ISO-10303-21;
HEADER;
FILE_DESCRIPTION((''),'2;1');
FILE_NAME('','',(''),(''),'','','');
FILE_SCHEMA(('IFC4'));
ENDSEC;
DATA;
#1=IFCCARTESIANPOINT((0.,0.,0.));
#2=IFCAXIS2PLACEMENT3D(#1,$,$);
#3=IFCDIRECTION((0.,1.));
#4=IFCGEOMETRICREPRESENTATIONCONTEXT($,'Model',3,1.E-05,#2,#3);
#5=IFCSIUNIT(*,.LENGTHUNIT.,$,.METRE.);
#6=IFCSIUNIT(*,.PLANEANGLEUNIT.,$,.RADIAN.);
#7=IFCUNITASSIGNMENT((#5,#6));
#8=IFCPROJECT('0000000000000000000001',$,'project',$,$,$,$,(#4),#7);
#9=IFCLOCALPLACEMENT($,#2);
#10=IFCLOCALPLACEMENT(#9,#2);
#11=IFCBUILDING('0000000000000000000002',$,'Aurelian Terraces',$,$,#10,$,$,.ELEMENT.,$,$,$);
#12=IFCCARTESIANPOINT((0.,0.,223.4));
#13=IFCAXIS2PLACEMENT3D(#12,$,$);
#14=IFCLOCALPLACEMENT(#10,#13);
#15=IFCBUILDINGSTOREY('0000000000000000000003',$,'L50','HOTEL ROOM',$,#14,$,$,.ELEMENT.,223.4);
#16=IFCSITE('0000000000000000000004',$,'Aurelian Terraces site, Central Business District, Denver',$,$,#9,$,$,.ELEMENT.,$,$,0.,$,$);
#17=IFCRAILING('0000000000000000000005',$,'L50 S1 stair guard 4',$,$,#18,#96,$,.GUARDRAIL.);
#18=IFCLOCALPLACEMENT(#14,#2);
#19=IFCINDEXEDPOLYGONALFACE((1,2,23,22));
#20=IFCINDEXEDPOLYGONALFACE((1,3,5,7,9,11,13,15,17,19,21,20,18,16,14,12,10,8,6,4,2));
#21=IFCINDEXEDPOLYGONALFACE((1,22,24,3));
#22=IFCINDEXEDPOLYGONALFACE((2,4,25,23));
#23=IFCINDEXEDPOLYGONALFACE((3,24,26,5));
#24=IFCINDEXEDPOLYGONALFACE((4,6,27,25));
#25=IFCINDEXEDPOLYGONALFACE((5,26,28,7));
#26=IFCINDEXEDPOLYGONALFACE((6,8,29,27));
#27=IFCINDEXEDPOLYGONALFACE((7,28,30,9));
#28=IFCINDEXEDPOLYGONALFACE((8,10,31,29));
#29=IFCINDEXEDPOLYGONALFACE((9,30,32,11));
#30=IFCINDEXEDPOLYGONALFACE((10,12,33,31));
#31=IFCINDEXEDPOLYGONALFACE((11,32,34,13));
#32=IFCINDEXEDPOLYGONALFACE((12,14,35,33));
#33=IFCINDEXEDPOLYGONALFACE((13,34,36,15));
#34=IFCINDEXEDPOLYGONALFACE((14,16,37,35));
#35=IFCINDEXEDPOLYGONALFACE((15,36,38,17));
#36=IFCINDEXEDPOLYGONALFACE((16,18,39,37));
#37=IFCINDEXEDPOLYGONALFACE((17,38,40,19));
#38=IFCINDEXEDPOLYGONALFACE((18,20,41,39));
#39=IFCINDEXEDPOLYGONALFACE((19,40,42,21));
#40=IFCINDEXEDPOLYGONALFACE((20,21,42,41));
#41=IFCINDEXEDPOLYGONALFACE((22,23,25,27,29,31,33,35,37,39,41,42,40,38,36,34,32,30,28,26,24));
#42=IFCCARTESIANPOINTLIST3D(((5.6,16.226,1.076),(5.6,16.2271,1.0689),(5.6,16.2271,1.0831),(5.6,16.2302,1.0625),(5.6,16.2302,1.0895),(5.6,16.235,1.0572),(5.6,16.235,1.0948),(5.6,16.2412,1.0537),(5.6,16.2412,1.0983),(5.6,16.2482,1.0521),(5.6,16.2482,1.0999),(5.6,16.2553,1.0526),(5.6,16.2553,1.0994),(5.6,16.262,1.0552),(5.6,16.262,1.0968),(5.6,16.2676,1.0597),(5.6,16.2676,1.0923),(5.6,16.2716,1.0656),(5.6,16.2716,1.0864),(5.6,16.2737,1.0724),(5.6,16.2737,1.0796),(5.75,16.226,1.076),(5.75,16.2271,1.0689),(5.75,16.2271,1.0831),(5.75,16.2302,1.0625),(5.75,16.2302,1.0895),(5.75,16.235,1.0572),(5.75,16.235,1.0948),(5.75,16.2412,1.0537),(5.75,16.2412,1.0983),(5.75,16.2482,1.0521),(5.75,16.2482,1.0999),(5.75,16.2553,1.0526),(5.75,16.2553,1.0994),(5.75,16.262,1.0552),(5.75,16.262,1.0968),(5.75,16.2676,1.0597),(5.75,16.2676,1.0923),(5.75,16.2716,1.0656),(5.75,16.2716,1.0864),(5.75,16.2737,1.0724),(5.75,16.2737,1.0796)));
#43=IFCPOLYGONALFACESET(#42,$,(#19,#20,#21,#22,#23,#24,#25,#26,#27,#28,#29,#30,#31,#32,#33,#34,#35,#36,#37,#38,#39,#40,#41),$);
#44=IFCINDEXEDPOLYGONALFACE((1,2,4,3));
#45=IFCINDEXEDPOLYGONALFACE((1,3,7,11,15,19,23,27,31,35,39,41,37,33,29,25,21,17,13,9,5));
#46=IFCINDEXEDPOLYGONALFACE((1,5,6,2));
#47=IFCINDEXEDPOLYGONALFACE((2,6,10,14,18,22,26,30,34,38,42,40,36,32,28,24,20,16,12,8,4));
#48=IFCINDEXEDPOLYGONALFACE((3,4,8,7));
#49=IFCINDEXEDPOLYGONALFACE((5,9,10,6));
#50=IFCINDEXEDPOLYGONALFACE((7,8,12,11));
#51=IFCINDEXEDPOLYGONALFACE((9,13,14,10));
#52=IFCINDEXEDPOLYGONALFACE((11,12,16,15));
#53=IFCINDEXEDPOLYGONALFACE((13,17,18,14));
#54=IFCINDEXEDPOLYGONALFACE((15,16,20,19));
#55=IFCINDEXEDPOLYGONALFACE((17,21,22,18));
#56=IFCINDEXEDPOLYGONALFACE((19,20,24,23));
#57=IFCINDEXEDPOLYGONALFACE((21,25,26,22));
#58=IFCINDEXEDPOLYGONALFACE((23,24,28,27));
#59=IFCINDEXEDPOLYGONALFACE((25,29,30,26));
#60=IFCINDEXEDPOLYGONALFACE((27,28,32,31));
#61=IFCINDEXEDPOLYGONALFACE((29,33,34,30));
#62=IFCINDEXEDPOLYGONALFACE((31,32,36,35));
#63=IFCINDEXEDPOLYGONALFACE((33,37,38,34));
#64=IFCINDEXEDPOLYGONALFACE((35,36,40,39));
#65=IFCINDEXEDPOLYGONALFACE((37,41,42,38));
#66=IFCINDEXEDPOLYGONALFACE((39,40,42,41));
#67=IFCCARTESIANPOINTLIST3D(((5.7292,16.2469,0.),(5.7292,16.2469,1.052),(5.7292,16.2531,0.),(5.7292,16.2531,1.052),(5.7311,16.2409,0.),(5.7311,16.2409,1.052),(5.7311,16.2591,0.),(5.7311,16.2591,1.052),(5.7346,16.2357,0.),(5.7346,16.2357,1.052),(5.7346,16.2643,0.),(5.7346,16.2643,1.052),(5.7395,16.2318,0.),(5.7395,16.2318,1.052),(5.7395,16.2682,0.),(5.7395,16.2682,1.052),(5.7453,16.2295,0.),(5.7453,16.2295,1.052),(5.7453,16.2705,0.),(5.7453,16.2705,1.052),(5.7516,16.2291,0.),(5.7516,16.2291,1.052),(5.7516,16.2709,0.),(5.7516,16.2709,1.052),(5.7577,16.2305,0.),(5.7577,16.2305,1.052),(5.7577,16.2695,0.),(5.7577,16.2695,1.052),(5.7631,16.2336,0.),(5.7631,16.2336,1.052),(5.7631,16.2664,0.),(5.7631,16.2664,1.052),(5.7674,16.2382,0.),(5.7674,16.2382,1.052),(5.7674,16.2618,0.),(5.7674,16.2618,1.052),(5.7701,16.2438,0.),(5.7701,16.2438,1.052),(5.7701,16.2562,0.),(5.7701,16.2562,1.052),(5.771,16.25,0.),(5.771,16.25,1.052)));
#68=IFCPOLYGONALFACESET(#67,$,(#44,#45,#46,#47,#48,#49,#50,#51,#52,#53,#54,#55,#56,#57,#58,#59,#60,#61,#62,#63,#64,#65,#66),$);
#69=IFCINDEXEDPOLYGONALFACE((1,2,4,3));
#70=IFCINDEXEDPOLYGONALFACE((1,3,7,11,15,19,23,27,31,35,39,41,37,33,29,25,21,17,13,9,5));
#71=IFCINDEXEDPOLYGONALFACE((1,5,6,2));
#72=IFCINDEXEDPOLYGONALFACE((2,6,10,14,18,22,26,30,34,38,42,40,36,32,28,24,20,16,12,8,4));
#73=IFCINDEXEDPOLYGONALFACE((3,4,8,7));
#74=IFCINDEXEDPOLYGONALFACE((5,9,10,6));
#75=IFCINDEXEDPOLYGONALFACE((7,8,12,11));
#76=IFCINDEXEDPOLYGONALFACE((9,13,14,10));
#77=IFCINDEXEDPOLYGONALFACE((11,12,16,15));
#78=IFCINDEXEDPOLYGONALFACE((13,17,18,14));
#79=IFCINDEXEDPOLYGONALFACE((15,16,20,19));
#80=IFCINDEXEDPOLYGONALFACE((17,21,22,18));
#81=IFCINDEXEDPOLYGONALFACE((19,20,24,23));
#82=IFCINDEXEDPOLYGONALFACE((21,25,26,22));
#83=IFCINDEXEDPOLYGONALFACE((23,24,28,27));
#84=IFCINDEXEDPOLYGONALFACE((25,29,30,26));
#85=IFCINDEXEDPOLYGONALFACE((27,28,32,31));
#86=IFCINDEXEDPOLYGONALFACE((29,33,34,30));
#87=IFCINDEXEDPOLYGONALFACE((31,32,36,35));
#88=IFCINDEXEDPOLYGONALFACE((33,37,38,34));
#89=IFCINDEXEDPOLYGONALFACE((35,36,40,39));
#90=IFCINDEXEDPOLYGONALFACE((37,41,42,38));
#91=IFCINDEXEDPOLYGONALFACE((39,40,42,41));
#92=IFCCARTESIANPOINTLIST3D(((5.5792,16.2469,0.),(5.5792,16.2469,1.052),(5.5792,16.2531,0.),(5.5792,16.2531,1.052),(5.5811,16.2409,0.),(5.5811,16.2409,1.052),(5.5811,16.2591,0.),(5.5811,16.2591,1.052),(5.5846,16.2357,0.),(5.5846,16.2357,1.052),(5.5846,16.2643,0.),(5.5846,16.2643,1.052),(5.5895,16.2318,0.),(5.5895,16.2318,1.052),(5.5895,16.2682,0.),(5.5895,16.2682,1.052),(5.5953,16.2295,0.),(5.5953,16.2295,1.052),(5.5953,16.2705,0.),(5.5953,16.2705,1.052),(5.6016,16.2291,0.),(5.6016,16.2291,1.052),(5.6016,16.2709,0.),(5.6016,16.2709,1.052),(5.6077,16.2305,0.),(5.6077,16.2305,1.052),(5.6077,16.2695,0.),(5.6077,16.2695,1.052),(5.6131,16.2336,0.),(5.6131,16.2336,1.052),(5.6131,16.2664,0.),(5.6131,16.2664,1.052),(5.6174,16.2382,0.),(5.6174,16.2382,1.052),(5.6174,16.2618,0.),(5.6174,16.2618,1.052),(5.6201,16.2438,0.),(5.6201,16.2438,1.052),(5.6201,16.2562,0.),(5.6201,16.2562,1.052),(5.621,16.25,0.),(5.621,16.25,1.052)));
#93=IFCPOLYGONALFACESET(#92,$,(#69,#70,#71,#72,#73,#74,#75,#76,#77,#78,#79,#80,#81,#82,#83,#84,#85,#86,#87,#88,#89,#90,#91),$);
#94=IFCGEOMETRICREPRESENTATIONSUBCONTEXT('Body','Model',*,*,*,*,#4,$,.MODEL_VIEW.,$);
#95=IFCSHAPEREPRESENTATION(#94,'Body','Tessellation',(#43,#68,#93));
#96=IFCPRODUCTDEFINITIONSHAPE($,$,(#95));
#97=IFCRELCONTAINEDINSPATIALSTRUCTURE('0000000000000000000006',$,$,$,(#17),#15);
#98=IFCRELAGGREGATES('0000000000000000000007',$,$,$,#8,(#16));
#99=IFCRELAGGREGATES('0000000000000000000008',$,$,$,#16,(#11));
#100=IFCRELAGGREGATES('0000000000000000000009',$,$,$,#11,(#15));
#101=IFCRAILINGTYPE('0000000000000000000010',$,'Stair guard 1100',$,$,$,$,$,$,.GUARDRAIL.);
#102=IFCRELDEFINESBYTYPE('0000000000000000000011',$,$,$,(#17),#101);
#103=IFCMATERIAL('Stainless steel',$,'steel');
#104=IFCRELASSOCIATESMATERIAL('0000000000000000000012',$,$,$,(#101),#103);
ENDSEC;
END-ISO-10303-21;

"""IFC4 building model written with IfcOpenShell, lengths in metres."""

from ifc_helpers import new_model, si_unit, direction, frame, origin, origin_2d, place, context, subcontext, project, spatial, circle, extrude, source, transform, mapped, material, type_object, element, save


model = new_model("IFC4")

# Units and contexts
model_context = context("Model", 3, precision=1e-05, world=origin(), true_north=direction((0.0, 1.0)))
body_context = subcontext(model_context, "Body", "Model", "MODEL_VIEW")
ifc_project = project(units=[si_unit("LENGTHUNIT", "METRE"), si_unit("PLANEANGLEUNIT", "RADIAN")], contexts=[model_context])

# Site, building, storey
site_placement = place(None, origin())
site = spatial("IfcSite", under=ifc_project, at=site_placement, Name="Aurelian Terraces site, Central Business District, Denver", CompositionType="ELEMENT", RefElevation=0.0)
building_placement = place(site_placement, origin())
building = spatial("IfcBuilding", under=site, at=building_placement, Name="Aurelian Terraces", CompositionType="ELEMENT")
storey_placement = place(building_placement, frame((0.0, 0.0, 223.4)))
storey = spatial("IfcBuildingStorey", under=building, at=storey_placement, Name="L50", Description="HOTEL ROOM", CompositionType="ELEMENT", Elevation=223.4)

# Shared definitions
ifc_material_1 = material(Name="Stainless steel", Category="steel")

# Railing
railing_type_1 = type_object("IfcRailingType", Name="Stair guard 1100", PredefinedType="GUARDRAIL", material=ifc_material_1)
shared_shape_1 = source(origin(), body_context, "Body", "SweptSolid", [
    extrude(circle(Radius=0.024, at=origin_2d()), frame((0.0, 0.0, 1.076), z_axis=(-1.0, 0.0, 0.0), x_axis=(0.0, -1.0, 0.0)), (0.0, 0.0, 1.0), 0.15),
    extrude(circle(Radius=0.021, at=origin_2d()), origin(), (0.0, 0.0, 1.0), 1.052),
    extrude(circle(Radius=0.021, at=origin_2d()), frame((-0.15, 0.0, 0.0)), (0.0, 0.0, 1.0), 1.052),
])
railing_1_placement = place(storey_placement, frame((5.75, 16.25, 0.0)))
element("IfcRailing", 1, at=railing_1_placement, inside=storey, type_object=railing_type_1, Name="L50 S1 stair guard 4", PredefinedType="GUARDRAIL", context=body_context, shape_type="MappedRepresentation", body=[
    mapped(shared_shape_1, transform((0.0, 0.0, 0.0), scale=1.0)),
])

save(model, "model.ifc")
